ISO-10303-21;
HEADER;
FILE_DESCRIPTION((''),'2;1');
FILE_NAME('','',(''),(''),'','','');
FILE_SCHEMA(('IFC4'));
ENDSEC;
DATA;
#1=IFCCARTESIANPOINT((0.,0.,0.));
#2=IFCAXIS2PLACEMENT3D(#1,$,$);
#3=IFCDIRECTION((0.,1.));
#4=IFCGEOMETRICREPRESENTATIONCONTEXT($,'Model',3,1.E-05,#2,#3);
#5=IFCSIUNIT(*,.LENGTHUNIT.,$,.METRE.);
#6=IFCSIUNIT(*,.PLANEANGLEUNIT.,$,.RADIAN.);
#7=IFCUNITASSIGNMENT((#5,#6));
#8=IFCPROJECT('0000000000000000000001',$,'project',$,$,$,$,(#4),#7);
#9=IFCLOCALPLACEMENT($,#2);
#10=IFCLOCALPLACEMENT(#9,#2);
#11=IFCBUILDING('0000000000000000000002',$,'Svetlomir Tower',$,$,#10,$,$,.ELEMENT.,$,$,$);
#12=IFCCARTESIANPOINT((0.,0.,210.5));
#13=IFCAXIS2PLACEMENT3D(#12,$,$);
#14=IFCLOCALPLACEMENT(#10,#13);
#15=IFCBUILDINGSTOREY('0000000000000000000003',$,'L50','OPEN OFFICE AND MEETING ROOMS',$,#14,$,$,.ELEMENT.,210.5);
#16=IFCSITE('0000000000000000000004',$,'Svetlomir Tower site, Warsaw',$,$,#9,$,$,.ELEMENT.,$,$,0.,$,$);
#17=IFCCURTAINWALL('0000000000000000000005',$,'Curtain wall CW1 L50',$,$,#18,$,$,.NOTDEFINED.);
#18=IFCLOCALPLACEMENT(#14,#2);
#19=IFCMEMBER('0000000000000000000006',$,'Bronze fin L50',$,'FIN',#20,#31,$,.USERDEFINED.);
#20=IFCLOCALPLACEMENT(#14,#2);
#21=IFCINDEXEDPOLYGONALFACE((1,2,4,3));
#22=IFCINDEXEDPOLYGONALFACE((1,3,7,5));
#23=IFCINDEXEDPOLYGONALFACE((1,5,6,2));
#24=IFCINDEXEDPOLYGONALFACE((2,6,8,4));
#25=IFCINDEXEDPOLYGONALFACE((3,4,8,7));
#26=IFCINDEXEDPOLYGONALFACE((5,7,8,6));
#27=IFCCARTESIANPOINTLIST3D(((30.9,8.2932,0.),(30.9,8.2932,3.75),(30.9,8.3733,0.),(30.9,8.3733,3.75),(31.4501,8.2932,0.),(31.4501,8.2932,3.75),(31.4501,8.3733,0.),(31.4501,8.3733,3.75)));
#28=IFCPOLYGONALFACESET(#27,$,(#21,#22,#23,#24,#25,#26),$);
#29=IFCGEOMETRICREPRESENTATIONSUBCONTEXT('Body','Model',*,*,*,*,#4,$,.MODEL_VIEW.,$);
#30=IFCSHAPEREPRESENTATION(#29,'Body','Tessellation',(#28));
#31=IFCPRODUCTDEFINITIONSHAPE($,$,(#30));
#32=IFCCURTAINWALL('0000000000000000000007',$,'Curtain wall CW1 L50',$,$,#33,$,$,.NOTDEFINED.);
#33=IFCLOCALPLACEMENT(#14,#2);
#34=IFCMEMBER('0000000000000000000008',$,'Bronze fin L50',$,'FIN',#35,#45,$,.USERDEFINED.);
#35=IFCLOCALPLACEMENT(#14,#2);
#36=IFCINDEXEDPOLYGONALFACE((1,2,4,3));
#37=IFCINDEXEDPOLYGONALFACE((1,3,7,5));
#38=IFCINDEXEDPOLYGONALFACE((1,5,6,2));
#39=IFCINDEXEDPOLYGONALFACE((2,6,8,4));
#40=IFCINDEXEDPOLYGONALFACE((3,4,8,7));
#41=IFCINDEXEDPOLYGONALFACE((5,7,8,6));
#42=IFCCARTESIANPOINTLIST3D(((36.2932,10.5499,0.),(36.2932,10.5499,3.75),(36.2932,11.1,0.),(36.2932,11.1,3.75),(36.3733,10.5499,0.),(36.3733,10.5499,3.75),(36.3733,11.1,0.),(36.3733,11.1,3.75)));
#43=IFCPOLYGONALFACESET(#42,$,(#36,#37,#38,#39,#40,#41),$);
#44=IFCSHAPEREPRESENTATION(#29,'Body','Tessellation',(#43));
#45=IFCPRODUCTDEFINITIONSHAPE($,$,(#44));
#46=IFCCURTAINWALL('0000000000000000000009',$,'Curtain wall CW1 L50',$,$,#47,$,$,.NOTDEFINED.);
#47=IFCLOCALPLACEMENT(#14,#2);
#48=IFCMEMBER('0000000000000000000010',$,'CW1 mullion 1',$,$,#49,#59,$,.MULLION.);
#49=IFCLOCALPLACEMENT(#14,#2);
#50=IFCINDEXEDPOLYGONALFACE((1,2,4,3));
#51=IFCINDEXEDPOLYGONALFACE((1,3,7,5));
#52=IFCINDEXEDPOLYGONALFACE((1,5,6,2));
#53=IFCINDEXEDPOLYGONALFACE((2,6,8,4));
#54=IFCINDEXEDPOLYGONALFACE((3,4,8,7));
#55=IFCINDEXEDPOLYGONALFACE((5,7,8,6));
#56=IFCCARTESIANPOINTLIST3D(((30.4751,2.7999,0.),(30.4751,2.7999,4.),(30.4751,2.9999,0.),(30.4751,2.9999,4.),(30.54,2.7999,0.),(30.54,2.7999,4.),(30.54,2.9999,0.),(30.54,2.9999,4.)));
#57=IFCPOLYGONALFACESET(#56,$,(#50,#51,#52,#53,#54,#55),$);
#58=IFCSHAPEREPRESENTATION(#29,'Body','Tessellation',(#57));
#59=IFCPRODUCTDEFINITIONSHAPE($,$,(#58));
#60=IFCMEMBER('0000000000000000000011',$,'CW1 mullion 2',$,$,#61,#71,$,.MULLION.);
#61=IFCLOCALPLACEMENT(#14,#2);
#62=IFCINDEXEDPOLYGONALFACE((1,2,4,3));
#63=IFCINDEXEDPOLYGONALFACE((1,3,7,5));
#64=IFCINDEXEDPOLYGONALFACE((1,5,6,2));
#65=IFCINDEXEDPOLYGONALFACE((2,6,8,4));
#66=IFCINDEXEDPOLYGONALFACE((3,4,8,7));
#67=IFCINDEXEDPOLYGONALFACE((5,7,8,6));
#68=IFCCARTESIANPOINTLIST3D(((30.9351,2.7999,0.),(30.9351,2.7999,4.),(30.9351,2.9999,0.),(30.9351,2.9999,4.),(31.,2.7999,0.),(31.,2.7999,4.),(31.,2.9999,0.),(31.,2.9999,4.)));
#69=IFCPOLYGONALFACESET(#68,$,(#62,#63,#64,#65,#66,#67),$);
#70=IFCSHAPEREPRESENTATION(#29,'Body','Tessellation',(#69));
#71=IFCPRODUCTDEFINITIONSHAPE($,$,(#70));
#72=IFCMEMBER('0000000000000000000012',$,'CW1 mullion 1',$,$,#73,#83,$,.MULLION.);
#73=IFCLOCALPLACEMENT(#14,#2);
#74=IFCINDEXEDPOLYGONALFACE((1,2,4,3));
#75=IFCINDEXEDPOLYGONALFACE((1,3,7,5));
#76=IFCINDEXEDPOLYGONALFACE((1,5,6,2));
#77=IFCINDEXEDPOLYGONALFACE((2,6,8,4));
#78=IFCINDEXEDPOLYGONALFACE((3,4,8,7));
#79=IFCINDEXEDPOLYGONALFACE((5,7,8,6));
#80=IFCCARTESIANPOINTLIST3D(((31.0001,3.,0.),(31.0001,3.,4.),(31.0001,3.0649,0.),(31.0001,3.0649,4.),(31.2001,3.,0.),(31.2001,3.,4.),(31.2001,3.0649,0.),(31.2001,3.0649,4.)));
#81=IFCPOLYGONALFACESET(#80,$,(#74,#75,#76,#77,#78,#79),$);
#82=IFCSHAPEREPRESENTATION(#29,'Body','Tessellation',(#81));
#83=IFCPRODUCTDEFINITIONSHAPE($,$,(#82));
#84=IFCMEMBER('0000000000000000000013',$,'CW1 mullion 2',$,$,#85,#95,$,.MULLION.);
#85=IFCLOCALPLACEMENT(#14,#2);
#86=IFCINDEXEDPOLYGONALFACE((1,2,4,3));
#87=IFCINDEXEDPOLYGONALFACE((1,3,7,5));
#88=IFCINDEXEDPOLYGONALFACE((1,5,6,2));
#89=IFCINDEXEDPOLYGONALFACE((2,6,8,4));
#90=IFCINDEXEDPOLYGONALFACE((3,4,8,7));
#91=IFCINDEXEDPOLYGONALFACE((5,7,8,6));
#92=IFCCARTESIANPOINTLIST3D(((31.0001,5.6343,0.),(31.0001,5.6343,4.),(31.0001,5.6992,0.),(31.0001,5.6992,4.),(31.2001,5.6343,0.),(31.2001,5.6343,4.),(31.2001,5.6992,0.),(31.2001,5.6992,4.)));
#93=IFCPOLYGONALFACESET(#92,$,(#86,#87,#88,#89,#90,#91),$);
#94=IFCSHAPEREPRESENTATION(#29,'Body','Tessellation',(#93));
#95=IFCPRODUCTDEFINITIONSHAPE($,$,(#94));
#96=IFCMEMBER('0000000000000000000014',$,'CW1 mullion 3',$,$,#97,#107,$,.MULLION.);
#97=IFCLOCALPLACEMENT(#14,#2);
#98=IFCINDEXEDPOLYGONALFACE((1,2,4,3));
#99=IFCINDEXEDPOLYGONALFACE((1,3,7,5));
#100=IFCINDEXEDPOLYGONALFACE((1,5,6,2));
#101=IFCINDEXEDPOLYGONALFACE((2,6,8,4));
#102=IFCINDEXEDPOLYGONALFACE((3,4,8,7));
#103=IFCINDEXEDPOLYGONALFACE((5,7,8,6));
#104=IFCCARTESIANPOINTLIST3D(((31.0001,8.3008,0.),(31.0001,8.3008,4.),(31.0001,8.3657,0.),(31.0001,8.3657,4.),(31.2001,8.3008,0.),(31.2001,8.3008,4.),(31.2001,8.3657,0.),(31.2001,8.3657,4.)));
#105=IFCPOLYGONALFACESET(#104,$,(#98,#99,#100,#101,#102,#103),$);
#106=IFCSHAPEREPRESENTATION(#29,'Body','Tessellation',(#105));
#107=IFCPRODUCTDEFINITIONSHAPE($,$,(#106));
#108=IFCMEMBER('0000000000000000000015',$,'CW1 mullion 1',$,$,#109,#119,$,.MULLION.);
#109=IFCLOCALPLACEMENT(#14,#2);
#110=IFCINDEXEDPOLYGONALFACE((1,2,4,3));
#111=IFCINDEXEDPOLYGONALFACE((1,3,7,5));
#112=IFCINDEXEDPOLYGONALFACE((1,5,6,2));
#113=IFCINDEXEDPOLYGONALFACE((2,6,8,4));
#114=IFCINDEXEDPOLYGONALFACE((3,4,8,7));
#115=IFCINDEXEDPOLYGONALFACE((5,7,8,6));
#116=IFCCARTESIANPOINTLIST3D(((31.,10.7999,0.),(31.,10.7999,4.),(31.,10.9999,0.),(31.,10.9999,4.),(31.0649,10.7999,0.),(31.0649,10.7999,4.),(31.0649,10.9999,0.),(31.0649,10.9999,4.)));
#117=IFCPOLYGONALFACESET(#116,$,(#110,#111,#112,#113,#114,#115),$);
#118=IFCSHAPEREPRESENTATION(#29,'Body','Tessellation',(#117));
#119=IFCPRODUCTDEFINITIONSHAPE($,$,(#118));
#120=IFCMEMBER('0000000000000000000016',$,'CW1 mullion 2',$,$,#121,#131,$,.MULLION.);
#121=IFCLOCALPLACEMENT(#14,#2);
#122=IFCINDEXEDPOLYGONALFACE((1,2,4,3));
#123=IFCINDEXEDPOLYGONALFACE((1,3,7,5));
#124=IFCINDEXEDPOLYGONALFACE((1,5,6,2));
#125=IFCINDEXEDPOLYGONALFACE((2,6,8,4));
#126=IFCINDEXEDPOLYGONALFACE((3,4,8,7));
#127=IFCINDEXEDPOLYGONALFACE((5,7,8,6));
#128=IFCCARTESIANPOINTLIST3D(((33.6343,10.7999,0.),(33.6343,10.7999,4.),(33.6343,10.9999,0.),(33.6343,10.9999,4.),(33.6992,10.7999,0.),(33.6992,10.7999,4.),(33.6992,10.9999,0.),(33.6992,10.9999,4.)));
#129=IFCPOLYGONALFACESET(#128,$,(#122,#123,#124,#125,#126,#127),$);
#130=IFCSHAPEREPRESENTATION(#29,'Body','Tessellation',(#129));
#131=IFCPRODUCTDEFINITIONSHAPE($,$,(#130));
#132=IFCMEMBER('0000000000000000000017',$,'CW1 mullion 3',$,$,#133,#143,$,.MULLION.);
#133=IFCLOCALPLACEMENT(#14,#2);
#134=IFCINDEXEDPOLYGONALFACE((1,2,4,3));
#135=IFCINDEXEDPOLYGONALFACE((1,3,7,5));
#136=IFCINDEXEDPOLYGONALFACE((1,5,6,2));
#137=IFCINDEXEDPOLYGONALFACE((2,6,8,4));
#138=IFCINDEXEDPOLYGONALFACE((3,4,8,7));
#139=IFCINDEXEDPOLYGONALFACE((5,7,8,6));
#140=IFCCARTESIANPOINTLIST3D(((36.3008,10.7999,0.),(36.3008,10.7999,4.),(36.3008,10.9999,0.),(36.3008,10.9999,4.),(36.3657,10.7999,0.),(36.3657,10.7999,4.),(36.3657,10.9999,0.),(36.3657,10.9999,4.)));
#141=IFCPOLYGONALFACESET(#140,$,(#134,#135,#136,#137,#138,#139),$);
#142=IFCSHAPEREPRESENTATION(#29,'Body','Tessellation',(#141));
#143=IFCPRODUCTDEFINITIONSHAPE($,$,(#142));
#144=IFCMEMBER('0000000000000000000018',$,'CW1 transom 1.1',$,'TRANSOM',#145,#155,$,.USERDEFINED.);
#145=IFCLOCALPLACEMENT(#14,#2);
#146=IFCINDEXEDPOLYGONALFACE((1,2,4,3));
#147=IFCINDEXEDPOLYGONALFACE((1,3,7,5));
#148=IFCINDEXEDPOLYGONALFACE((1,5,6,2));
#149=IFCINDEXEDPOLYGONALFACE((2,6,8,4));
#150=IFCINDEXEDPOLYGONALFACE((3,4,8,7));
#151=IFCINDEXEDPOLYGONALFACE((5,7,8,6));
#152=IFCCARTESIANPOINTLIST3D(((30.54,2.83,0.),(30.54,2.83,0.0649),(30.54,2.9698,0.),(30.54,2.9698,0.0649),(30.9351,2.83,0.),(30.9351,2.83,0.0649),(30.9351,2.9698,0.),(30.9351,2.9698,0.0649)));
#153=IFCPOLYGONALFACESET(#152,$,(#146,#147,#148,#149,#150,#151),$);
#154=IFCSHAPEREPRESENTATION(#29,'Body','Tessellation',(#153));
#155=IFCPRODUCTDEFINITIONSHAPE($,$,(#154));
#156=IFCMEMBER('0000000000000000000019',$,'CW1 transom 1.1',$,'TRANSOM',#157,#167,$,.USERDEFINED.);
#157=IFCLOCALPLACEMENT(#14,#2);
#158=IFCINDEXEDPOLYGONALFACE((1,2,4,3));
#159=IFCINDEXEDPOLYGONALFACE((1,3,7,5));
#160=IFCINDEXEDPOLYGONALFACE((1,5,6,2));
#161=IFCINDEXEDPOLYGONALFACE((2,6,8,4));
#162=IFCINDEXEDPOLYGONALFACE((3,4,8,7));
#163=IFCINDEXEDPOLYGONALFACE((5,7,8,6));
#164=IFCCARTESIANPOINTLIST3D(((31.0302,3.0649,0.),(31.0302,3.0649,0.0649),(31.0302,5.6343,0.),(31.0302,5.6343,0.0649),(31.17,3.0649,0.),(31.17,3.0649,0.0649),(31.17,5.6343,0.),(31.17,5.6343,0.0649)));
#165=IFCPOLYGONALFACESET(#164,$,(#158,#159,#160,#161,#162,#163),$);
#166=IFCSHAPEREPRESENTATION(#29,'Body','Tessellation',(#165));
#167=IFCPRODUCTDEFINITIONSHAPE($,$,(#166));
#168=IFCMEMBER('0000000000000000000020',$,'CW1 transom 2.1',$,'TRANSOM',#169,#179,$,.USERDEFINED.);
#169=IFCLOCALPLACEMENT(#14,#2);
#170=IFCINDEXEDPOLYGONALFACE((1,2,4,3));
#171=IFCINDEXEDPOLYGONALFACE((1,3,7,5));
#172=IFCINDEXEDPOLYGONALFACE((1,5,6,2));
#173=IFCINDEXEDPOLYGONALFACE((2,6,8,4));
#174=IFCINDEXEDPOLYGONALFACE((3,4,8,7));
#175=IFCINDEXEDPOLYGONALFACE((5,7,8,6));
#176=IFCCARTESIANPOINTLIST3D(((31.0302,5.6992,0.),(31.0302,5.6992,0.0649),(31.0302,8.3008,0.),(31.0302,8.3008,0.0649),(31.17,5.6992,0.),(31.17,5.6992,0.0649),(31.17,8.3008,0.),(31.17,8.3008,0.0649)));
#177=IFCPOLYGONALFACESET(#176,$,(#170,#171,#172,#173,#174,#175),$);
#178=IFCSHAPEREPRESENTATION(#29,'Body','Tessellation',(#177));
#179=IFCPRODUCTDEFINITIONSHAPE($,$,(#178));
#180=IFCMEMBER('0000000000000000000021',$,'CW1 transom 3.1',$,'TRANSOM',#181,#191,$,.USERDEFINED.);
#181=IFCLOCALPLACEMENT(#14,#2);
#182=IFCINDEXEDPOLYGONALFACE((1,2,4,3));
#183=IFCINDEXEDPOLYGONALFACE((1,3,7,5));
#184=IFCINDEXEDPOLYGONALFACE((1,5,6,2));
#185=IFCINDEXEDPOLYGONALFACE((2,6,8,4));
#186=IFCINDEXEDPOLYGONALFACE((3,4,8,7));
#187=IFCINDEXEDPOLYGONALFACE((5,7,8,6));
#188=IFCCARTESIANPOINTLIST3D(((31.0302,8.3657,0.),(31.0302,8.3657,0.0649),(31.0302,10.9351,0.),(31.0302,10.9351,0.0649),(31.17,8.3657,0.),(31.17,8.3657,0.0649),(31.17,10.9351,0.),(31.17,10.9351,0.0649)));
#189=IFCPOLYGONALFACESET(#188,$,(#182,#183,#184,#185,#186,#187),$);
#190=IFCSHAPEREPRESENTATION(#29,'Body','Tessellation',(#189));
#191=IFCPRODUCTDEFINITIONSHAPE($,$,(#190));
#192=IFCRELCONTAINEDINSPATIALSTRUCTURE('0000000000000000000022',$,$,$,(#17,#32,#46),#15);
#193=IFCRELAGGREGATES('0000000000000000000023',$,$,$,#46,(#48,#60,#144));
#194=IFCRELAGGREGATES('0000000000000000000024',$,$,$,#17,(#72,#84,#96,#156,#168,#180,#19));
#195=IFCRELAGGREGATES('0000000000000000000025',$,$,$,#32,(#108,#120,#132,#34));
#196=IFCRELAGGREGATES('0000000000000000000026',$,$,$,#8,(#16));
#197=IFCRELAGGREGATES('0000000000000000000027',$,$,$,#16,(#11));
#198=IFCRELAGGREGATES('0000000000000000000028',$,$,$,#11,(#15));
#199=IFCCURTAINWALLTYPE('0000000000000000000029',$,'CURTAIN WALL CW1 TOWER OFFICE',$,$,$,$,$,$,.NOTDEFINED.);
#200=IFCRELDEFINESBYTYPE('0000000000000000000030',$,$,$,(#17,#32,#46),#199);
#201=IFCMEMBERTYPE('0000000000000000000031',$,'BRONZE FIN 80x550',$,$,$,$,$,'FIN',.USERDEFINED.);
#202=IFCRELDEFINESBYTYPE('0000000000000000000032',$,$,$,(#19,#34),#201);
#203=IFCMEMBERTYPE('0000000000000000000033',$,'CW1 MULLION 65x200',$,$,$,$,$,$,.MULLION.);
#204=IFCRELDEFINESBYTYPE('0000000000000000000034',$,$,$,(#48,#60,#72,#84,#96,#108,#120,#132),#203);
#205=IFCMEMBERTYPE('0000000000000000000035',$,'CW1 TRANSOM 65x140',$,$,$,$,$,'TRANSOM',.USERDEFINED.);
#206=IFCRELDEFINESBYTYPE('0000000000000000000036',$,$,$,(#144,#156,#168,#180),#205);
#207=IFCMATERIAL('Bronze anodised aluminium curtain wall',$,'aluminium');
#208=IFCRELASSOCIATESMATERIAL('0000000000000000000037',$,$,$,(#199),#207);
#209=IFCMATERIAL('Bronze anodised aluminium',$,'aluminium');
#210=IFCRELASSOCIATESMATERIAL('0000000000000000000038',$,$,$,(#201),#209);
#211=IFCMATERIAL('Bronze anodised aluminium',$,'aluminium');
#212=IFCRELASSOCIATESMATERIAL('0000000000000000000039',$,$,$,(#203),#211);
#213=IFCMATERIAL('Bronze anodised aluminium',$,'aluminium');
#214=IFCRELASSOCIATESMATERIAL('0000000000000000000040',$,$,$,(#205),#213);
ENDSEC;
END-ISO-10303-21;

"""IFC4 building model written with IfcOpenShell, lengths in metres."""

from ifc_helpers import new_model, si_unit, direction, frame, origin, origin_2d, place, context, subcontext, project, spatial, rectangle, extrude, material, material_profile, profile_set, type_object, element, aggregate, save


model = new_model("IFC4")

# Units and contexts
model_context = context("Model", 3, precision=1e-05, world=origin(), true_north=direction((0.0, 1.0)))
body_context = subcontext(model_context, "Body", "Model", "MODEL_VIEW")
ifc_project = project(units=[si_unit("LENGTHUNIT", "METRE"), si_unit("PLANEANGLEUNIT", "RADIAN")], contexts=[model_context])

# Site, building, storey
site_placement = place(None, origin())
site = spatial("IfcSite", under=ifc_project, at=site_placement, Name="Svetlomir Tower site, Warsaw", CompositionType="ELEMENT", RefElevation=0.0)
building_placement = place(site_placement, origin())
building = spatial("IfcBuilding", under=site, at=building_placement, Name="Svetlomir Tower", CompositionType="ELEMENT")
storey_placement = place(building_placement, frame((0.0, 0.0, 210.5)))
storey = spatial("IfcBuildingStorey", under=building, at=storey_placement, Name="L50", Description="OPEN OFFICE AND MEETING ROOMS", CompositionType="ELEMENT", Elevation=210.5)

# Curtain walls, members
ifc_material_1 = material(Name="Bronze anodised aluminium curtain wall", Category="aluminium")
curtain_wall_type = type_object("IfcCurtainWallType", Name="CURTAIN WALL CW1 TOWER OFFICE", PredefinedType="NOTDEFINED", material=ifc_material_1)
curtain_wall_1_placement = place(storey_placement, origin())
curtain_wall_1 = element("IfcCurtainWall", 1, at=curtain_wall_1_placement, inside=storey, type_object=curtain_wall_type, Name="Curtain wall CW1 L50", PredefinedType="NOTDEFINED")
ifc_material_2 = material(Name="Bronze anodised aluminium", Category="aluminium")
ifc_material_profile_1 = material_profile(ifc_material_2, rectangle(XDim=0.0801, YDim=0.55, at=origin_2d()), Name="FIN 80x550")
ifc_profile_set_1 = profile_set([ifc_material_profile_1], Name="Bronze anodised aluminium 6063-T6")
member_type_1 = type_object("IfcMemberType", Name="BRONZE FIN 80x550", ElementType="FIN", PredefinedType="USERDEFINED", material=ifc_profile_set_1)
member_1_placement = place(storey_placement, frame((31.175, 8.3333, 0.0), z_axis=(0.0, 0.0, 1.0), x_axis=(0.0, 1.0, 0.0)))
member_1 = element("IfcMember", 2, at=member_1_placement, type_object=member_type_1, Name="Bronze fin L50", ObjectType="FIN", PredefinedType="USERDEFINED", context=body_context, shape_type="SweptSolid", body=[
    extrude(rectangle(XDim=0.0801, YDim=0.55, at=origin_2d()), origin(), (0.0, 0.0, 1.0), 3.75),
])
curtain_wall_2_placement = place(storey_placement, origin())
curtain_wall_2 = element("IfcCurtainWall", 3, at=curtain_wall_2_placement, inside=storey, type_object=curtain_wall_type, Name="Curtain wall CW1 L50", PredefinedType="NOTDEFINED")
member_2_placement = place(storey_placement, frame((36.3333, 10.825, 0.0), z_axis=(0.0, 0.0, 1.0), x_axis=(1.0, 0.0, 0.0)))
member_2 = element("IfcMember", 4, at=member_2_placement, type_object=member_type_1, Name="Bronze fin L50", ObjectType="FIN", PredefinedType="USERDEFINED", context=body_context, shape_type="SweptSolid", body=[
    extrude(rectangle(XDim=0.0801, YDim=0.55, at=origin_2d()), origin(), (0.0, 0.0, 1.0), 3.75),
])

# Curtain wall, members
curtain_wall_3_placement = place(storey_placement, origin())
curtain_wall_3 = element("IfcCurtainWall", 5, at=curtain_wall_3_placement, inside=storey, type_object=curtain_wall_type, Name="Curtain wall CW1 L50", PredefinedType="NOTDEFINED")
ifc_material_3 = material(Name="Bronze anodised aluminium", Category="aluminium")
ifc_material_profile_2 = material_profile(ifc_material_3, rectangle(XDim=0.0649, YDim=0.2, at=origin_2d()), Name="AL 65x200")
ifc_profile_set_2 = profile_set([ifc_material_profile_2], Name="Bronze anodised aluminium 6063-T6")
member_type_2 = type_object("IfcMemberType", Name="CW1 MULLION 65x200", PredefinedType="MULLION", material=ifc_profile_set_2)
member_3_placement = place(storey_placement, frame((30.5076, 2.8999, 0.0), z_axis=(0.0, 0.0, 1.0), x_axis=(1.0, 0.0, 0.0)))
member_3 = element("IfcMember", 6, at=member_3_placement, type_object=member_type_2, Name="CW1 mullion 1", PredefinedType="MULLION", context=body_context, shape_type="SweptSolid", body=[
    extrude(rectangle(XDim=0.0649, YDim=0.2, at=origin_2d()), origin(), (0.0, 0.0, 1.0), 4.0),
])
member_4_placement = place(storey_placement, frame((30.9675, 2.8999, 0.0), z_axis=(0.0, 0.0, 1.0), x_axis=(1.0, 0.0, 0.0)))
member_4 = element("IfcMember", 7, at=member_4_placement, type_object=member_type_2, Name="CW1 mullion 2", PredefinedType="MULLION", context=body_context, shape_type="SweptSolid", body=[
    extrude(rectangle(XDim=0.0649, YDim=0.2, at=origin_2d()), origin(), (0.0, 0.0, 1.0), 4.0),
])

# Members
member_5_placement = place(storey_placement, frame((31.1001, 3.0325, 0.0), z_axis=(0.0, 0.0, 1.0), x_axis=(0.0, 1.0, 0.0)))
member_5 = element("IfcMember", 8, at=member_5_placement, type_object=member_type_2, Name="CW1 mullion 1", PredefinedType="MULLION", context=body_context, shape_type="SweptSolid", body=[
    extrude(rectangle(XDim=0.0649, YDim=0.2, at=origin_2d()), origin(), (0.0, 0.0, 1.0), 4.0),
])
member_6_placement = place(storey_placement, frame((31.1001, 5.6667, 0.0), z_axis=(0.0, 0.0, 1.0), x_axis=(0.0, 1.0, 0.0)))
member_6 = element("IfcMember", 9, at=member_6_placement, type_object=member_type_2, Name="CW1 mullion 2", PredefinedType="MULLION", context=body_context, shape_type="SweptSolid", body=[
    extrude(rectangle(XDim=0.0649, YDim=0.2, at=origin_2d()), origin(), (0.0, 0.0, 1.0), 4.0),
])
member_7_placement = place(storey_placement, frame((31.1001, 8.3333, 0.0), z_axis=(0.0, 0.0, 1.0), x_axis=(0.0, 1.0, 0.0)))
member_7 = element("IfcMember", 10, at=member_7_placement, type_object=member_type_2, Name="CW1 mullion 3", PredefinedType="MULLION", context=body_context, shape_type="SweptSolid", body=[
    extrude(rectangle(XDim=0.0649, YDim=0.2, at=origin_2d()), origin(), (0.0, 0.0, 1.0), 4.0),
])
member_8_placement = place(storey_placement, frame((31.0325, 10.8999, 0.0), z_axis=(0.0, 0.0, 1.0), x_axis=(1.0, 0.0, 0.0)))
member_8 = element("IfcMember", 11, at=member_8_placement, type_object=member_type_2, Name="CW1 mullion 1", PredefinedType="MULLION", context=body_context, shape_type="SweptSolid", body=[
    extrude(rectangle(XDim=0.0649, YDim=0.2, at=origin_2d()), origin(), (0.0, 0.0, 1.0), 4.0),
])
member_9_placement = place(storey_placement, frame((33.6667, 10.8999, 0.0), z_axis=(0.0, 0.0, 1.0), x_axis=(1.0, 0.0, 0.0)))
member_9 = element("IfcMember", 12, at=member_9_placement, type_object=member_type_2, Name="CW1 mullion 2", PredefinedType="MULLION", context=body_context, shape_type="SweptSolid", body=[
    extrude(rectangle(XDim=0.0649, YDim=0.2, at=origin_2d()), origin(), (0.0, 0.0, 1.0), 4.0),
])
member_10_placement = place(storey_placement, frame((36.3333, 10.8999, 0.0), z_axis=(0.0, 0.0, 1.0), x_axis=(1.0, 0.0, 0.0)))
member_10 = element("IfcMember", 13, at=member_10_placement, type_object=member_type_2, Name="CW1 mullion 3", PredefinedType="MULLION", context=body_context, shape_type="SweptSolid", body=[
    extrude(rectangle(XDim=0.0649, YDim=0.2, at=origin_2d()), origin(), (0.0, 0.0, 1.0), 4.0),
])
ifc_material_4 = material(Name="Bronze anodised aluminium", Category="aluminium")
ifc_material_profile_3 = material_profile(ifc_material_4, rectangle(XDim=0.1399, YDim=0.0649, at=origin_2d()), Name="AL 140x65")
ifc_profile_set_3 = profile_set([ifc_material_profile_3], Name="Bronze anodised aluminium 6063-T6")
member_type_3 = type_object("IfcMemberType", Name="CW1 TRANSOM 65x140", ElementType="TRANSOM", PredefinedType="USERDEFINED", material=ifc_profile_set_3)
member_11_placement = place(storey_placement, frame((30.54, 2.8999, 0.0325), z_axis=(1.0, 0.0, 0.0), x_axis=(0.0, 1.0, 0.0)))
member_11 = element("IfcMember", 14, at=member_11_placement, type_object=member_type_3, Name="CW1 transom 1.1", ObjectType="TRANSOM", PredefinedType="USERDEFINED", context=body_context, shape_type="SweptSolid", body=[
    extrude(rectangle(XDim=0.1399, YDim=0.0649, at=origin_2d()), origin(), (0.0, 0.0, 1.0), 0.395),
])
member_12_placement = place(storey_placement, frame((31.1001, 3.0649, 0.0325), z_axis=(0.0, 1.0, 0.0), x_axis=(-1.0, 0.0, 0.0)))
member_12 = element("IfcMember", 15, at=member_12_placement, type_object=member_type_3, Name="CW1 transom 1.1", ObjectType="TRANSOM", PredefinedType="USERDEFINED", context=body_context, shape_type="SweptSolid", body=[
    extrude(rectangle(XDim=0.1399, YDim=0.0649, at=origin_2d()), origin(), (0.0, 0.0, 1.0), 2.5693),
])
member_13_placement = place(storey_placement, frame((31.1001, 5.6992, 0.0325), z_axis=(0.0, 1.0, 0.0), x_axis=(-1.0, 0.0, 0.0)))
member_13 = element("IfcMember", 16, at=member_13_placement, type_object=member_type_3, Name="CW1 transom 2.1", ObjectType="TRANSOM", PredefinedType="USERDEFINED", context=body_context, shape_type="SweptSolid", body=[
    extrude(rectangle(XDim=0.1399, YDim=0.0649, at=origin_2d()), origin(), (0.0, 0.0, 1.0), 2.6016),
])
member_14_placement = place(storey_placement, frame((31.1001, 8.3657, 0.0325), z_axis=(0.0, 1.0, 0.0), x_axis=(-1.0, 0.0, 0.0)))
member_14 = element("IfcMember", 17, at=member_14_placement, type_object=member_type_3, Name="CW1 transom 3.1", ObjectType="TRANSOM", PredefinedType="USERDEFINED", context=body_context, shape_type="SweptSolid", body=[
    extrude(rectangle(XDim=0.1399, YDim=0.0649, at=origin_2d()), origin(), (0.0, 0.0, 1.0), 2.5693),
])

aggregate(curtain_wall_3, [member_3, member_4, member_11])
aggregate(curtain_wall_1, [member_5, member_6, member_7, member_12, member_13, member_14, member_1])
aggregate(curtain_wall_2, [member_8, member_9, member_10, member_2])

save(model, "model.ifc")
